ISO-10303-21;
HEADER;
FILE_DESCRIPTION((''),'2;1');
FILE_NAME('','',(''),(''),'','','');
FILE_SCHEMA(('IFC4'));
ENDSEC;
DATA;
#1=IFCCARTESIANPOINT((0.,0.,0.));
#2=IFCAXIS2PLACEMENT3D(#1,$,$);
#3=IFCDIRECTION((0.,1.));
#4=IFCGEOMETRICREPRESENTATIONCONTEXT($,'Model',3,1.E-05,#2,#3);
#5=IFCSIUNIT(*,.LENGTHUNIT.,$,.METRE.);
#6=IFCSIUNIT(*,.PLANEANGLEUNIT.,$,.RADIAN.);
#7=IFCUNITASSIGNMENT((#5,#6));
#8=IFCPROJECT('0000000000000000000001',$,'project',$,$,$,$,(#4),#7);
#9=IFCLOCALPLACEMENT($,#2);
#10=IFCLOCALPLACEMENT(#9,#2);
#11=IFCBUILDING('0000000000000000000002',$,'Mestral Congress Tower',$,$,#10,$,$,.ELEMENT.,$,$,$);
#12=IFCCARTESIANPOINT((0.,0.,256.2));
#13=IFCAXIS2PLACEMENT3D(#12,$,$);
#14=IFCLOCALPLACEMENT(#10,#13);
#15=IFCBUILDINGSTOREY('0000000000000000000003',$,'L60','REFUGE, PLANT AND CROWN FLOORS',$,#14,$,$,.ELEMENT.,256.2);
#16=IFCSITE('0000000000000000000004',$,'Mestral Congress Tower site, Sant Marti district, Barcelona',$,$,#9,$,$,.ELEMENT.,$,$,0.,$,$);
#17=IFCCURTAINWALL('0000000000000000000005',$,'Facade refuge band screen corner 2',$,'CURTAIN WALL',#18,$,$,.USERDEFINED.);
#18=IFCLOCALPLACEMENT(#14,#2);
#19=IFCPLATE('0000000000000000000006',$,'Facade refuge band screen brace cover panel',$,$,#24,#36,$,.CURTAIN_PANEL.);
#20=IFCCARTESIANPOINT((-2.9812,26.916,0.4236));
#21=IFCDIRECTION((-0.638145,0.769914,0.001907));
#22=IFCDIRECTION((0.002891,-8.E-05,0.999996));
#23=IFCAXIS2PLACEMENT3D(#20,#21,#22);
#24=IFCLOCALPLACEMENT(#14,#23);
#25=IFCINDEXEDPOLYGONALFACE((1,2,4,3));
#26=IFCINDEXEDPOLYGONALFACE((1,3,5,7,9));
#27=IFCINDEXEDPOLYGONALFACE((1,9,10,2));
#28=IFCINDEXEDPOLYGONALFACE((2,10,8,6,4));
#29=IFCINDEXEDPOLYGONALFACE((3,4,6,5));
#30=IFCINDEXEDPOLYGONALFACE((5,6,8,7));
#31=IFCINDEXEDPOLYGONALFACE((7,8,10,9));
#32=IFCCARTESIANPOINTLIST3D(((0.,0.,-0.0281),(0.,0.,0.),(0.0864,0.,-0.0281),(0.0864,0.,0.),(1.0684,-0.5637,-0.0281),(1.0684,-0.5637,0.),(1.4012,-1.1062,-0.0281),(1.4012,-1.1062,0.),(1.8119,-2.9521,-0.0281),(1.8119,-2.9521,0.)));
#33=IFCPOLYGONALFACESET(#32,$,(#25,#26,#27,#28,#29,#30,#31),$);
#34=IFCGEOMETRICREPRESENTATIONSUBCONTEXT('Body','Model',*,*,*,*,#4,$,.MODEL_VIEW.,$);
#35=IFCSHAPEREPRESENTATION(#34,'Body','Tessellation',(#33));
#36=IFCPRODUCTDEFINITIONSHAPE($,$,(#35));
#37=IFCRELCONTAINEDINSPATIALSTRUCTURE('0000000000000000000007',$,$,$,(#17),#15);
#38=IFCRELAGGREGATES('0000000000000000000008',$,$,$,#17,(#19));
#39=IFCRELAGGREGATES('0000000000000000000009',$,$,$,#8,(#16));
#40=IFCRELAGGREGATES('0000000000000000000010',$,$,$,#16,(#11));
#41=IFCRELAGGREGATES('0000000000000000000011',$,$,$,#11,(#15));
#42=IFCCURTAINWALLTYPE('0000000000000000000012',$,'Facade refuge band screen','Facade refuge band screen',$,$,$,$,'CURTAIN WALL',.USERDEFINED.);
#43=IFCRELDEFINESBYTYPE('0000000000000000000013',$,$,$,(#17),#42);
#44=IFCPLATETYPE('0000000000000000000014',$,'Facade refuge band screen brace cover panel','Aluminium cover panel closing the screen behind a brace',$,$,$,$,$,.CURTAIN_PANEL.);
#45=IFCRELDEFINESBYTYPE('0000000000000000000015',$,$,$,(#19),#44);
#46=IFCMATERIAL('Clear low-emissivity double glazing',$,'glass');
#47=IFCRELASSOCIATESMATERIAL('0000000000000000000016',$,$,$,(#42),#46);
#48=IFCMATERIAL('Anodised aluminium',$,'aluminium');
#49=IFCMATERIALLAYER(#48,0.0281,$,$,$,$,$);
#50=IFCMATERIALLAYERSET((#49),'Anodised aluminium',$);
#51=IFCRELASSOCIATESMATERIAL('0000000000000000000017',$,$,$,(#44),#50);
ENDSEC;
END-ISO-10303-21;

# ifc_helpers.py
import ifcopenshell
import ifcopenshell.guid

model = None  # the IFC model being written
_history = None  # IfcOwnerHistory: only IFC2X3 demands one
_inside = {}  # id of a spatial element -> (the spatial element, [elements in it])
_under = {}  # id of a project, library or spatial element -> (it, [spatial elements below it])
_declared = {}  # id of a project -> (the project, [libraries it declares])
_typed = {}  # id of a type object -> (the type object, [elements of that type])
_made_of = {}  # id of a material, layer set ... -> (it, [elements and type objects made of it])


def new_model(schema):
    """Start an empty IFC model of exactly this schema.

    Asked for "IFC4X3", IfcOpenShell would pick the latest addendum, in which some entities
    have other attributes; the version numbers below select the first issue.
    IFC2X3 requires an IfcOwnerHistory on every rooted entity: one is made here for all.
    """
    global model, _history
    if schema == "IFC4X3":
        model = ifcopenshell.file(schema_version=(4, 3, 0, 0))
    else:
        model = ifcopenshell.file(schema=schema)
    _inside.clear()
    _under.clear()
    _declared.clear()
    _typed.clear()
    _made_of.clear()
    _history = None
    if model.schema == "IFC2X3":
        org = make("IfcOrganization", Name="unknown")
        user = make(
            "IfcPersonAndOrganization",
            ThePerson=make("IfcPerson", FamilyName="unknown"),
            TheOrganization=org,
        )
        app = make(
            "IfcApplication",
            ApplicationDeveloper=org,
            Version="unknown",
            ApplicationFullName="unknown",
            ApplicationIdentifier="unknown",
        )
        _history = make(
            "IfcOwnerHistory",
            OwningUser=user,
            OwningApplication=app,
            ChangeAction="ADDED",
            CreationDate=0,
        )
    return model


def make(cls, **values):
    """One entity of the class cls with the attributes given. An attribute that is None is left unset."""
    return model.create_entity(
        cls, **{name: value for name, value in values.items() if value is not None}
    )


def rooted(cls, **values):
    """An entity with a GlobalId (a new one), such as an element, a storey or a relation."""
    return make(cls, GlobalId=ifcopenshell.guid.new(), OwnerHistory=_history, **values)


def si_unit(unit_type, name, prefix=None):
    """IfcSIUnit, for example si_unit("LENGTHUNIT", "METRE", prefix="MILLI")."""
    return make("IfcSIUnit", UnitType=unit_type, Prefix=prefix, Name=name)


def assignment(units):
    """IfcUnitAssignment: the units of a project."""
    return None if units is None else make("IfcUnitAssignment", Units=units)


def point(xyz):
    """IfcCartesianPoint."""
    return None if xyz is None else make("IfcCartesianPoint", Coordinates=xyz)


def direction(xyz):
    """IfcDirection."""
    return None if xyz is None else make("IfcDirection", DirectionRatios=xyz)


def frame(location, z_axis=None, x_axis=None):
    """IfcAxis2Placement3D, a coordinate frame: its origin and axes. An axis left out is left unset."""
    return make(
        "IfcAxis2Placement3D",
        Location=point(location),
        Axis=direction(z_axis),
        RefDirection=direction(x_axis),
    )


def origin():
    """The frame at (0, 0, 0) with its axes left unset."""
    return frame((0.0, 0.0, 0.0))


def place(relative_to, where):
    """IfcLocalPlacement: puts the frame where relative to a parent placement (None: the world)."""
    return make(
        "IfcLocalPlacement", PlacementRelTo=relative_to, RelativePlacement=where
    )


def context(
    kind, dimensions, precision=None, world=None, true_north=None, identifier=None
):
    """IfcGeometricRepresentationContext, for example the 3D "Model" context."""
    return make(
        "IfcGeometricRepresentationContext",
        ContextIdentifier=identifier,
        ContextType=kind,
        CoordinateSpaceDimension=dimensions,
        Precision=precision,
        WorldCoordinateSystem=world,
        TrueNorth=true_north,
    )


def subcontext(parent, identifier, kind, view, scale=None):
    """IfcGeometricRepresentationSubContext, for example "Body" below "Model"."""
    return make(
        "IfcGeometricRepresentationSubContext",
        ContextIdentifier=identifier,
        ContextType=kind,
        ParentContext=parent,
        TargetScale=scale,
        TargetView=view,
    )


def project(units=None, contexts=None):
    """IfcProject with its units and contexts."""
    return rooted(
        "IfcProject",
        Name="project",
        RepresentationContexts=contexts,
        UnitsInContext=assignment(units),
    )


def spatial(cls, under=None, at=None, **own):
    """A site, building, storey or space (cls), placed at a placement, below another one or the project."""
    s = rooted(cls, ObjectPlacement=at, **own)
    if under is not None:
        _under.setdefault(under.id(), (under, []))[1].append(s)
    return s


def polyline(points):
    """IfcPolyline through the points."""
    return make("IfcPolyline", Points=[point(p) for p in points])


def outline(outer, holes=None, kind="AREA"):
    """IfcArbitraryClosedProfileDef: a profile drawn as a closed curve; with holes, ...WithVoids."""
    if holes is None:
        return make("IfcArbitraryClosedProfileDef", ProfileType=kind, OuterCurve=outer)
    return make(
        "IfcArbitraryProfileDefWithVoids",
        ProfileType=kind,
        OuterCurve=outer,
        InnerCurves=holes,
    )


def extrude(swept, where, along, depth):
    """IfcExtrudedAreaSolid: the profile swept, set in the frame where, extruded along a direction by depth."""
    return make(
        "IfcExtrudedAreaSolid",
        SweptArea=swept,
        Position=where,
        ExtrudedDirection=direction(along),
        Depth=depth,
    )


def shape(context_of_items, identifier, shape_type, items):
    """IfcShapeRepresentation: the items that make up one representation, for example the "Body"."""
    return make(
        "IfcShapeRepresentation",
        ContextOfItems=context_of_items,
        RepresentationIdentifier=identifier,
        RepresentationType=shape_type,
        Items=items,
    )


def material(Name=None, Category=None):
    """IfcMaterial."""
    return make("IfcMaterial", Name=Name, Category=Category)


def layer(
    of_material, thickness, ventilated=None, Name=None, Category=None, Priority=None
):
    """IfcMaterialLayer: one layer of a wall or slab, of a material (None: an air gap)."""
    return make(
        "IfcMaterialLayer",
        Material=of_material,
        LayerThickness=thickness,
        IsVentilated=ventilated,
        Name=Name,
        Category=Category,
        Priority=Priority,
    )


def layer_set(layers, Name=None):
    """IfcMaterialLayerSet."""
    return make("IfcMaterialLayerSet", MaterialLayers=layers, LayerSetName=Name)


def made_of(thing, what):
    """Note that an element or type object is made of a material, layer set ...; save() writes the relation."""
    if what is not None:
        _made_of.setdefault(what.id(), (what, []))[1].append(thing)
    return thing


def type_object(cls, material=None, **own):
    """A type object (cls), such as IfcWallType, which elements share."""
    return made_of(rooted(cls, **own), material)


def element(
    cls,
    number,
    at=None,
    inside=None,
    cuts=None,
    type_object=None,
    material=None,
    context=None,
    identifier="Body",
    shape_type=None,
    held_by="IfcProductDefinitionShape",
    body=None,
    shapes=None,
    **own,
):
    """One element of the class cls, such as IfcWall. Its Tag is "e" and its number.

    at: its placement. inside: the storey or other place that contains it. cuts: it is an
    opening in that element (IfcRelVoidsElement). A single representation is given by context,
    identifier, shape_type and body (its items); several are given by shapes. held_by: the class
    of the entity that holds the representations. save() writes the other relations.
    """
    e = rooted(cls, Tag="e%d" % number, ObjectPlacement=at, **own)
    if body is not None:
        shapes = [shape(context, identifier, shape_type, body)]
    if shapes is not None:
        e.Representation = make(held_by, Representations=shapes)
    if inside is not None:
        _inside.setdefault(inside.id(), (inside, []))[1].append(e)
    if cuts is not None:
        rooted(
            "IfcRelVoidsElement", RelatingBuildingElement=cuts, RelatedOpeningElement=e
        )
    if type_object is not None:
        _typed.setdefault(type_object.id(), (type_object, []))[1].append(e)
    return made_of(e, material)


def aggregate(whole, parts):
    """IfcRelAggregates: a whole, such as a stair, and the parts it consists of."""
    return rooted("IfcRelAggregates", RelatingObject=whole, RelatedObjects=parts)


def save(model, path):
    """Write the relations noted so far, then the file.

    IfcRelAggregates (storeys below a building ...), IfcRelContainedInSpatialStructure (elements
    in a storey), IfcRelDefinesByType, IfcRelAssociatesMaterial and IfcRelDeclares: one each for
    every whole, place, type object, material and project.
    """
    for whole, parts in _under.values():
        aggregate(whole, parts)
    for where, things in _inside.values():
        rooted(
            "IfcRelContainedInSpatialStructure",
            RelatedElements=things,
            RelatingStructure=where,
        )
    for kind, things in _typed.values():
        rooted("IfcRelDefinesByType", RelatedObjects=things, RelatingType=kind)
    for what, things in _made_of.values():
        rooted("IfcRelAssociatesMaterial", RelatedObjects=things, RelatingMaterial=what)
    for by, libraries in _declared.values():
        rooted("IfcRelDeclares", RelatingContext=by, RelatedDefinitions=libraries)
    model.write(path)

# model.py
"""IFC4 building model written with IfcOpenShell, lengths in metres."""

from ifc_helpers import new_model, si_unit, direction, frame, origin, place, context, subcontext, project, spatial, polyline, outline, extrude, material, layer, layer_set, type_object, element, aggregate, save


model = new_model("IFC4")

# Units and contexts
model_context = context("Model", 3, precision=1e-05, world=origin(), true_north=direction((0.0, 1.0)))
body_context = subcontext(model_context, "Body", "Model", "MODEL_VIEW")
ifc_project = project(units=[si_unit("LENGTHUNIT", "METRE"), si_unit("PLANEANGLEUNIT", "RADIAN")], contexts=[model_context])

# Site, building, storey
site_placement = place(None, origin())
site = spatial("IfcSite", under=ifc_project, at=site_placement, Name="Mestral Congress Tower site, Sant Marti district, Barcelona", CompositionType="ELEMENT", RefElevation=0.0)
building_placement = place(site_placement, origin())
building = spatial("IfcBuilding", under=site, at=building_placement, Name="Mestral Congress Tower", CompositionType="ELEMENT")
storey_placement = place(building_placement, frame((0.0, 0.0, 256.2)))
storey = spatial("IfcBuildingStorey", under=building, at=storey_placement, Name="L60", Description="REFUGE, PLANT AND CROWN FLOORS", CompositionType="ELEMENT", Elevation=256.2)

# Curtain wall
ifc_material_1 = material(Name="Clear low-emissivity double glazing", Category="glass")
curtain_wall_type = type_object("IfcCurtainWallType", Name="Facade refuge band screen", Description="Facade refuge band screen", ElementType="CURTAIN WALL", PredefinedType="USERDEFINED", material=ifc_material_1)
curtain_wall_placement = place(storey_placement, origin())
curtain_wall = element("IfcCurtainWall", 1, at=curtain_wall_placement, inside=storey, type_object=curtain_wall_type, Name="Facade refuge band screen corner 2", ObjectType="CURTAIN WALL", PredefinedType="USERDEFINED")
ifc_material_2 = material(Name="Anodised aluminium", Category="aluminium")

# Plate
ifc_layer_1 = layer(ifc_material_2, 0.0281)
ifc_layer_set_1 = layer_set([ifc_layer_1], Name="Anodised aluminium")
plate_type_1 = type_object("IfcPlateType", Name="Facade refuge band screen brace cover panel", Description="Aluminium cover panel closing the screen behind a brace", PredefinedType="CURTAIN_PANEL", material=ifc_layer_set_1)
plate_1_placement = place(storey_placement, frame((-2.9812, 26.916, 0.4236), z_axis=(-0.638145, 0.769914, 0.001907), x_axis=(0.002891, -0.00008, 0.999996)))
plate_1 = element("IfcPlate", 2, at=plate_1_placement, type_object=plate_type_1, Name="Facade refuge band screen brace cover panel", PredefinedType="CURTAIN_PANEL", context=body_context, shape_type="SweptSolid", body=[
    extrude(outline(polyline([(0.0, 0.0), (0.0864, 0.0), (1.0684, -0.5637), (1.4012, -1.1062), (1.8119, -2.9521), (0.0, 0.0)])), origin(), (0.0, 0.0, -1.0), 0.0281),
])

aggregate(curtain_wall, [plate_1])

save(model, "model.ifc")
